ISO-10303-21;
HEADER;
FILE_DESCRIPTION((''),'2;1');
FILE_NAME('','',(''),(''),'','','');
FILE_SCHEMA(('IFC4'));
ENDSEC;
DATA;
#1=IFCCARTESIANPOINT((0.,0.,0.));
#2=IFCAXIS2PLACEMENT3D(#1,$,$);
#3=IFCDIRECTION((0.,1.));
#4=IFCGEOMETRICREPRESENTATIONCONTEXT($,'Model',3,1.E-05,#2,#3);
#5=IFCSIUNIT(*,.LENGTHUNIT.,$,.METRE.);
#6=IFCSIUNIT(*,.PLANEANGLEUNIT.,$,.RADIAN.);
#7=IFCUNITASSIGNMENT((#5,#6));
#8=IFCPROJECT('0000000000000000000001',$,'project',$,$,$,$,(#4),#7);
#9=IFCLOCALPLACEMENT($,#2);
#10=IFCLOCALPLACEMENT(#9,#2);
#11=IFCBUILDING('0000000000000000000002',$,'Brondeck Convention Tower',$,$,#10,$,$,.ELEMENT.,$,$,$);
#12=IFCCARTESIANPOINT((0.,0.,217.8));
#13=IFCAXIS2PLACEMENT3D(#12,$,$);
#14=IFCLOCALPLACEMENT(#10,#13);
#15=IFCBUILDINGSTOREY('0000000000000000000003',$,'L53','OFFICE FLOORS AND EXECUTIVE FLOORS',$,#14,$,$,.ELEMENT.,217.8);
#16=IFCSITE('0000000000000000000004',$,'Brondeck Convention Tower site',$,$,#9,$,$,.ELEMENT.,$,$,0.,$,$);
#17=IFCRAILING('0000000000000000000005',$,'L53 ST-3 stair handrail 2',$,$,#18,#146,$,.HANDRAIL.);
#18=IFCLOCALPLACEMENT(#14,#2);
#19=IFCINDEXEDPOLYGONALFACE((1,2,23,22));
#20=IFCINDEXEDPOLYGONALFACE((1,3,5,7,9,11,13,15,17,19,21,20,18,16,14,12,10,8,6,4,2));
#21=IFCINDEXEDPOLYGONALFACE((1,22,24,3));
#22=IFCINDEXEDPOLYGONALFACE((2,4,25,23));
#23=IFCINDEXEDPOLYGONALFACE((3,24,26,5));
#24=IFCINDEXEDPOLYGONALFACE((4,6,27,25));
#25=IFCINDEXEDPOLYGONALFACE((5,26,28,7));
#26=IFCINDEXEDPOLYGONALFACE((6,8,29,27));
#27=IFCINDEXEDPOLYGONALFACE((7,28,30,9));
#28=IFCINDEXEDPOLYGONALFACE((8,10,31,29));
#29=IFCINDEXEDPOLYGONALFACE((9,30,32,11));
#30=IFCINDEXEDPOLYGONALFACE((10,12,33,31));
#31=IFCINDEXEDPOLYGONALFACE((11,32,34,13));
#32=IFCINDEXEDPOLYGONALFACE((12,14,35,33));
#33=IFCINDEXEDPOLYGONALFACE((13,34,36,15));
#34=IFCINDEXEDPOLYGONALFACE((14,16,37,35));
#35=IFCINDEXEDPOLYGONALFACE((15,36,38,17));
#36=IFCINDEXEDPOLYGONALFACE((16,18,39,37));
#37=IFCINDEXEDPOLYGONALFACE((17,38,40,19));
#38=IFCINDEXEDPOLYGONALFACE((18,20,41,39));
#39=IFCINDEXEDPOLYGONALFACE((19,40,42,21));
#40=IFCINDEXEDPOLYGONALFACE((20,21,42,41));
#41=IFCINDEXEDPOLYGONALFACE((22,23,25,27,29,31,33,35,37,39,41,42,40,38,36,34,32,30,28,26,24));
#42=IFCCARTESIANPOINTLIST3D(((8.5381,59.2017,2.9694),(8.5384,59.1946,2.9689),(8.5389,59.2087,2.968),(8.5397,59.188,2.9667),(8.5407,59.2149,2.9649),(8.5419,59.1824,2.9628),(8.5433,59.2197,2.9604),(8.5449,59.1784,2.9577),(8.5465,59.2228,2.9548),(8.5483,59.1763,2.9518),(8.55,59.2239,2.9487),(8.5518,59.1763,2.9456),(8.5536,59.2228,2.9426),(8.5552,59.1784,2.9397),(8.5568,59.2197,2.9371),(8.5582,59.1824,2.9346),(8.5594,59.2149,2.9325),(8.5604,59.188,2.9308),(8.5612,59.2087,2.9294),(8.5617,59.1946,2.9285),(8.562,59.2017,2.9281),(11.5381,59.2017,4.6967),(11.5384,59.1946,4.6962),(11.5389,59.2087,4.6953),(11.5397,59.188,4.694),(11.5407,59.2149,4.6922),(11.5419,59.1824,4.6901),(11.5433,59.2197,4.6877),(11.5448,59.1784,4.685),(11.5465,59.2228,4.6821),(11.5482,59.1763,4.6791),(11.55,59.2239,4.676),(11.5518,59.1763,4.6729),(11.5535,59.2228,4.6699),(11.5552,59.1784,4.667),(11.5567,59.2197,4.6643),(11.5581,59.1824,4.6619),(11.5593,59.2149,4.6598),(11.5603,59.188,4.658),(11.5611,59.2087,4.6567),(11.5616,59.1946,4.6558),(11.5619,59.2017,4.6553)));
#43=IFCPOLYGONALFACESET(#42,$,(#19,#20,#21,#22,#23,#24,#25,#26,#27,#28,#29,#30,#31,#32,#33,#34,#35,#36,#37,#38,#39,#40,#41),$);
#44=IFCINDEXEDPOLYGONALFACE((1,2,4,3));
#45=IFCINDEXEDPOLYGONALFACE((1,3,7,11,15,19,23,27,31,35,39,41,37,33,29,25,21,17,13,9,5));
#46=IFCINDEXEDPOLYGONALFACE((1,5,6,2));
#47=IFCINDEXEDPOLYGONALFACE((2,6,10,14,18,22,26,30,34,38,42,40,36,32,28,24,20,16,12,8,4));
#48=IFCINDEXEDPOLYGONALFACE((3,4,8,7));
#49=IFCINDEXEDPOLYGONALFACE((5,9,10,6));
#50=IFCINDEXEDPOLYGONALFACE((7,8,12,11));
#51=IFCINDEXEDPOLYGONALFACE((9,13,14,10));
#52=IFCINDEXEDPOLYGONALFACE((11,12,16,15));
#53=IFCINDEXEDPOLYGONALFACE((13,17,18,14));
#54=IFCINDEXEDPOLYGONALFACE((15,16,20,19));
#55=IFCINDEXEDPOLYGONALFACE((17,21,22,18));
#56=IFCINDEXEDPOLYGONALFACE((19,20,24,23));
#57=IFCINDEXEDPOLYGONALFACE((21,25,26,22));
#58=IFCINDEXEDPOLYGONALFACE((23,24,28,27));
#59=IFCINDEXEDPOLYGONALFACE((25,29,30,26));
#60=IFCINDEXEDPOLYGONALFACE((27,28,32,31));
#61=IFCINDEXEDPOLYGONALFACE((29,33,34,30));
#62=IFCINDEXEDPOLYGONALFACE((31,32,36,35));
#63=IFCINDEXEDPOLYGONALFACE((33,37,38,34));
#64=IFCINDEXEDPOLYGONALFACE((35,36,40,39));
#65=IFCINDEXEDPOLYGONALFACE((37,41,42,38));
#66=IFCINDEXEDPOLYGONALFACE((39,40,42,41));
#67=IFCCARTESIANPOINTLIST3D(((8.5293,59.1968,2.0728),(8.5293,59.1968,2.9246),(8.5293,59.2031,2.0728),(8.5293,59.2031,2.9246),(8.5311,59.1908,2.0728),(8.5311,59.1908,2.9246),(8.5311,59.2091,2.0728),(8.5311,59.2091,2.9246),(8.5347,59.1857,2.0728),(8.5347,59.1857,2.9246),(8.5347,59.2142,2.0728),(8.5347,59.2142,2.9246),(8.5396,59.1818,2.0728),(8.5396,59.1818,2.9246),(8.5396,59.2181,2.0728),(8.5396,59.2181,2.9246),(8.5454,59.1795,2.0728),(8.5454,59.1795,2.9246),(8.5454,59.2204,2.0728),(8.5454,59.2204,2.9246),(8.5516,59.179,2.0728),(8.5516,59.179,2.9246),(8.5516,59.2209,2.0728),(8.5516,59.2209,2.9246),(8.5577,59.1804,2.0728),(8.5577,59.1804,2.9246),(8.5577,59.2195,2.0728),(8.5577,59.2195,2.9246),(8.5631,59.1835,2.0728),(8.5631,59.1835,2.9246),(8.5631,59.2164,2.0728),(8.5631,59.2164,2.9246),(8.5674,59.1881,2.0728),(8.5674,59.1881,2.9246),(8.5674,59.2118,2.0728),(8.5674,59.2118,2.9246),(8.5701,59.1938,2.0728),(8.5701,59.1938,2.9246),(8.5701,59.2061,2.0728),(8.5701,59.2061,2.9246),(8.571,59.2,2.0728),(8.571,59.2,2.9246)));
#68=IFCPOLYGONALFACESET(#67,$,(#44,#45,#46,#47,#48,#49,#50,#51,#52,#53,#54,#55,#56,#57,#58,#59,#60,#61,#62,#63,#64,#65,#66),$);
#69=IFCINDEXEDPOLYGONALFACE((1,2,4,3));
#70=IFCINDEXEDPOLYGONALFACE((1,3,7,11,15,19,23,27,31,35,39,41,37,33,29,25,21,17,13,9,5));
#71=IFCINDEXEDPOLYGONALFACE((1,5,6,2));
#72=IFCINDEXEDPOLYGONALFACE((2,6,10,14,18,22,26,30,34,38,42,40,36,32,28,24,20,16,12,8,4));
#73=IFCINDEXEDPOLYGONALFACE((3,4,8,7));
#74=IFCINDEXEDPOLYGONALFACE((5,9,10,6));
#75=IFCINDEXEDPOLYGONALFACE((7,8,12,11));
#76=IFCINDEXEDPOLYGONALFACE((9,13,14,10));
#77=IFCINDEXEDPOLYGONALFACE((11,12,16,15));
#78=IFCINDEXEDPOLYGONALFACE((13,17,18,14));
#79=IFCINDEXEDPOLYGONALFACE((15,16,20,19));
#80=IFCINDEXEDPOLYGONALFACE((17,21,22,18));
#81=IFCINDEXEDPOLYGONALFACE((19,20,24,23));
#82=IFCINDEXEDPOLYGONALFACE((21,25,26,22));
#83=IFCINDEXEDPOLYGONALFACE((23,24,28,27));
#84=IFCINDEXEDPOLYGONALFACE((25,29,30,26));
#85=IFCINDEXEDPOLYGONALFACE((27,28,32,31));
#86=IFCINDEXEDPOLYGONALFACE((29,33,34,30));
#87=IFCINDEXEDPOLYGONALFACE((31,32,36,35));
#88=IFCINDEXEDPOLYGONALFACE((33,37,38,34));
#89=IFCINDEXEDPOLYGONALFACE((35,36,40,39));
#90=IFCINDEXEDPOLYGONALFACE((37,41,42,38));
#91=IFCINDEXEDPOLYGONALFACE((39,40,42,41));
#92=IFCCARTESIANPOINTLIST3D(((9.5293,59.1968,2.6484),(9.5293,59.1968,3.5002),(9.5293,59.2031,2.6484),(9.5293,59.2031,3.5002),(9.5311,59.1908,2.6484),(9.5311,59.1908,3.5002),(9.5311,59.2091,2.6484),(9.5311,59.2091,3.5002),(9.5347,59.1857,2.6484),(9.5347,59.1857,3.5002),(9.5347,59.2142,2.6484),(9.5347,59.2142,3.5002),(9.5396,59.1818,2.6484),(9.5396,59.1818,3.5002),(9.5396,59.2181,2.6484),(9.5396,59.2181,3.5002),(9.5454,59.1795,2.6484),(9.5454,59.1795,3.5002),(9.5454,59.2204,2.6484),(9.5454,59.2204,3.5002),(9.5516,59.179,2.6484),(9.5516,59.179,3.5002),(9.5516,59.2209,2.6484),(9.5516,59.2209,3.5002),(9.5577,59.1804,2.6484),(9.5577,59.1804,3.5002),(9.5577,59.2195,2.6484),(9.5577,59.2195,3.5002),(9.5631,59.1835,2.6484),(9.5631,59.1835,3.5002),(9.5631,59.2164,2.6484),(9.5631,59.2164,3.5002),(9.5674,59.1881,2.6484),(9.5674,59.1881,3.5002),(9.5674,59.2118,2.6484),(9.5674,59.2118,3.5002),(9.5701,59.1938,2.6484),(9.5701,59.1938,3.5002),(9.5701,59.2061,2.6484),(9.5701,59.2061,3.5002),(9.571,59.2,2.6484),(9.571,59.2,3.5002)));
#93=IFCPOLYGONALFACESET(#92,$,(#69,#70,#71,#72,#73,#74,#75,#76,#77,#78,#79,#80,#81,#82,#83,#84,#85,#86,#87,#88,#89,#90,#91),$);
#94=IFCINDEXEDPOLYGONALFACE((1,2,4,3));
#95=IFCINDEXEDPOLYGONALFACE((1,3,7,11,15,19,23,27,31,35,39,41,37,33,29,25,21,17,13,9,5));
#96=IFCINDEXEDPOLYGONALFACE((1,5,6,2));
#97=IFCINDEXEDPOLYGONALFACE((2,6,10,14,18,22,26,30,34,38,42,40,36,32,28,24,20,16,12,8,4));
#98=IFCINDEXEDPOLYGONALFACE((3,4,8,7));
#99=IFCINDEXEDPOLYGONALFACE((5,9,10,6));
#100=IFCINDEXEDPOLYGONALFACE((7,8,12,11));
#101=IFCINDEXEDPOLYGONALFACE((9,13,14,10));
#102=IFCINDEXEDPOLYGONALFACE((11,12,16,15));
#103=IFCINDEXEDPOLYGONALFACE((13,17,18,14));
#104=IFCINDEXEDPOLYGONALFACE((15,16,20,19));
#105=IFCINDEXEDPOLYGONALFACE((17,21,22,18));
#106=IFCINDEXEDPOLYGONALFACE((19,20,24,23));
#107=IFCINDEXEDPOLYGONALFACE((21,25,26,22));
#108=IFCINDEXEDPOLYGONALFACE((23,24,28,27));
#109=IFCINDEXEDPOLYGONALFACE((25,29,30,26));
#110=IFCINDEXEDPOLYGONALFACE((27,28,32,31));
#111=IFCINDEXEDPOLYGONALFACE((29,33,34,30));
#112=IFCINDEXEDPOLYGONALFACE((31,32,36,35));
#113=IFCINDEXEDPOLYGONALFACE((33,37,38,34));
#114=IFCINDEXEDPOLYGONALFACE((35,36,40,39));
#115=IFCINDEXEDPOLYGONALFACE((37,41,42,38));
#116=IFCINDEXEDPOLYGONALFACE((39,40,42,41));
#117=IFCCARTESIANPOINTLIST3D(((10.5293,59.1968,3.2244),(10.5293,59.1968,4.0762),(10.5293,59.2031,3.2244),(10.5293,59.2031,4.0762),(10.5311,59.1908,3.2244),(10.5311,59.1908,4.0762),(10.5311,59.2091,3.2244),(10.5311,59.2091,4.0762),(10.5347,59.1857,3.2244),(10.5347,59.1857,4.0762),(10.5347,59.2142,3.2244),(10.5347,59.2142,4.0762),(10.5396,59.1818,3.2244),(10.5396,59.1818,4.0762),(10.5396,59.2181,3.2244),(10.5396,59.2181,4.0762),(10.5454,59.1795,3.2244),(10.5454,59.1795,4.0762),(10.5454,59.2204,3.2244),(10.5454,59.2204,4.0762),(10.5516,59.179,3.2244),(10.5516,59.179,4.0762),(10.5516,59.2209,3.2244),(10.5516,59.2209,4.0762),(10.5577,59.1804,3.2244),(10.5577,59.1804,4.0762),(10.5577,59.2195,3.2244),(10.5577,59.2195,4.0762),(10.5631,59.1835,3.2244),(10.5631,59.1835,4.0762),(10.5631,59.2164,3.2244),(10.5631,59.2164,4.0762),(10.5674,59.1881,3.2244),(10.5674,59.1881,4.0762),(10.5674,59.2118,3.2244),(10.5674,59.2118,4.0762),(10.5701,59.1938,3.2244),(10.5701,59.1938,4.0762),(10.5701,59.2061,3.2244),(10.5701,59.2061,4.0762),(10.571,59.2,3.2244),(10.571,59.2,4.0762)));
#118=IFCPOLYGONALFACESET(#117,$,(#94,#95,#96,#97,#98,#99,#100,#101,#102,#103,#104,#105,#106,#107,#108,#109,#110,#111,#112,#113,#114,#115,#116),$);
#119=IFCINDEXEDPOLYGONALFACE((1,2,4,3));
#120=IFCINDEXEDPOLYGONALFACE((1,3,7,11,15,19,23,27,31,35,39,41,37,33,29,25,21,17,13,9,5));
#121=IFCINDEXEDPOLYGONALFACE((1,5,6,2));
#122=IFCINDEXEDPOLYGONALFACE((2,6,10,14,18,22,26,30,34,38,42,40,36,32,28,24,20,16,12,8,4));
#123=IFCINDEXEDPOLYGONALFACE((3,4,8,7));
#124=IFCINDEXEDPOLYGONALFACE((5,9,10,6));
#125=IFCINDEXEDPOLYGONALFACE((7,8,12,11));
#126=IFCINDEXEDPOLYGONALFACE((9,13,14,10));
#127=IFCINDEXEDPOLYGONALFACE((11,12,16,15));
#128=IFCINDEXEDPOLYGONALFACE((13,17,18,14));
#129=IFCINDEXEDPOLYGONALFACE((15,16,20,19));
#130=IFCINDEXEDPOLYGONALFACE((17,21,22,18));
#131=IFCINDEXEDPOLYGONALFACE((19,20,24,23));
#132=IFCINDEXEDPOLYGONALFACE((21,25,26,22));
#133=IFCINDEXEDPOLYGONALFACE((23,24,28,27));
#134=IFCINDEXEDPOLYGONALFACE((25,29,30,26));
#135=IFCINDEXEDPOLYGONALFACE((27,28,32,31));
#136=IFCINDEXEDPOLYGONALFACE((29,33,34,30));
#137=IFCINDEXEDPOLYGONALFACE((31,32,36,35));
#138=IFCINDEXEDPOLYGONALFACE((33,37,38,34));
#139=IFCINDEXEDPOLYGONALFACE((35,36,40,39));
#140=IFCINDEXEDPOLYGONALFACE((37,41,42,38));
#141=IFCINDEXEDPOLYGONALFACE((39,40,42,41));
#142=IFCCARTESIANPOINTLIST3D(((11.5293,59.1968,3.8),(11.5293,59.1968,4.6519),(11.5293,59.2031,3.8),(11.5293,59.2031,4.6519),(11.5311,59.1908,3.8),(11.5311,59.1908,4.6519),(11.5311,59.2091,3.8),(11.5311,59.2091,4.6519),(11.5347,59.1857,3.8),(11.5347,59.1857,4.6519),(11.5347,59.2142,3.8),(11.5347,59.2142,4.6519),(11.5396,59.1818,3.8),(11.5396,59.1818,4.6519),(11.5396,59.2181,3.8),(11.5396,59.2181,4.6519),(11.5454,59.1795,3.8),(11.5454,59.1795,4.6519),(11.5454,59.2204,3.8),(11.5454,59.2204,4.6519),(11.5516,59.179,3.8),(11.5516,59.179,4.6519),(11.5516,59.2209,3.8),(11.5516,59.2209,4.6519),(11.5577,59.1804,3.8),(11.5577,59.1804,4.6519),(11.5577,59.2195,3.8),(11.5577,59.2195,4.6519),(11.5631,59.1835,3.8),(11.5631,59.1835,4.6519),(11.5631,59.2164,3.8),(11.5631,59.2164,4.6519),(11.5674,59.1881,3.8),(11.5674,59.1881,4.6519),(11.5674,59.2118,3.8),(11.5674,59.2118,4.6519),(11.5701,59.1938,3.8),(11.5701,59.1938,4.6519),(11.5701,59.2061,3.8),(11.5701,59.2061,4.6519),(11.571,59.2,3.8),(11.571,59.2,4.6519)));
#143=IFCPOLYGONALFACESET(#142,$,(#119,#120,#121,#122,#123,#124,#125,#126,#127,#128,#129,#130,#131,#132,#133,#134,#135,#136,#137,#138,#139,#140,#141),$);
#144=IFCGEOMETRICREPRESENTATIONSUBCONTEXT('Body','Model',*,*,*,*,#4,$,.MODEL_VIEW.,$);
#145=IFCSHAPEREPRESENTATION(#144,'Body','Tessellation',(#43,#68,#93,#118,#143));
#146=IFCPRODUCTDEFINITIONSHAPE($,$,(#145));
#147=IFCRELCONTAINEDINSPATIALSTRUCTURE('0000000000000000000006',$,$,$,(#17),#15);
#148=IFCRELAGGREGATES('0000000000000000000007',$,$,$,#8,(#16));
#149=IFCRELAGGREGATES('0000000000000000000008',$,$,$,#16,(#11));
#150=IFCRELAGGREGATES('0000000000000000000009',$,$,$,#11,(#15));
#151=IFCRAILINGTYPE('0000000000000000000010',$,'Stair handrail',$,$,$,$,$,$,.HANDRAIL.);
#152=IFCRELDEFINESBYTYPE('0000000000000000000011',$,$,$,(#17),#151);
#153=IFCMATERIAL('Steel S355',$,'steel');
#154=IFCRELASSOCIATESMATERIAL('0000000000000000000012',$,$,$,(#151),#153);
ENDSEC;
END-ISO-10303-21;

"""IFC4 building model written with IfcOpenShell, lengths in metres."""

from ifc_helpers import new_model, si_unit, direction, frame, origin, origin_2d, place, context, subcontext, project, spatial, circle, extrude, material, type_object, element, save


model = new_model("IFC4")

# Units and contexts
model_context = context("Model", 3, precision=1e-05, world=origin(), true_north=direction((0.0, 1.0)))
body_context = subcontext(model_context, "Body", "Model", "MODEL_VIEW")
ifc_project = project(units=[si_unit("LENGTHUNIT", "METRE"), si_unit("PLANEANGLEUNIT", "RADIAN")], contexts=[model_context])

# Site, building, storey
site_placement = place(None, origin())
site = spatial("IfcSite", under=ifc_project, at=site_placement, Name="Brondeck Convention Tower site", CompositionType="ELEMENT", RefElevation=0.0)
building_placement = place(site_placement, origin())
building = spatial("IfcBuilding", under=site, at=building_placement, Name="Brondeck Convention Tower", CompositionType="ELEMENT")
storey_placement = place(building_placement, frame((0.0, 0.0, 217.8)))
storey = spatial("IfcBuildingStorey", under=building, at=storey_placement, Name="L53", Description="OFFICE FLOORS AND EXECUTIVE FLOORS", CompositionType="ELEMENT", Elevation=217.8)

# Railing
ifc_material_1 = material(Name="Steel S355", Category="steel")
railing_type_1 = type_object("IfcRailingType", Name="Stair handrail", PredefinedType="HANDRAIL", material=ifc_material_1)
railing_1_placement = place(storey_placement, frame((8.55, 59.2, 2.0728)))
element("IfcRailing", 1, at=railing_1_placement, inside=storey, type_object=railing_type_1, Name="L53 ST-3 stair handrail 2", PredefinedType="HANDRAIL", context=body_context, shape_type="SweptSolid", body=[
    extrude(circle(Radius=0.0239, at=origin_2d()), frame((0.0, 0.0, 0.876), z_axis=(0.86662, 0.0, 0.498969), x_axis=(0.0, 1.0, 0.0)), (0.0, 0.0, 1.0), 3.4617),
    extrude(circle(Radius=0.021, at=origin_2d()), origin(), (0.0, 0.0, 1.0), 0.8518),
    extrude(circle(Radius=0.021, at=origin_2d()), frame((1.0, 0.0, 0.5757)), (0.0, 0.0, 1.0), 0.8518),
    extrude(circle(Radius=0.021, at=origin_2d()), frame((2.0, 0.0, 1.1516)), (0.0, 0.0, 1.0), 0.8518),
    extrude(circle(Radius=0.021, at=origin_2d()), frame((3.0, 0.0, 1.7273)), (0.0, 0.0, 1.0), 0.8518),
])

save(model, "model.ifc")
